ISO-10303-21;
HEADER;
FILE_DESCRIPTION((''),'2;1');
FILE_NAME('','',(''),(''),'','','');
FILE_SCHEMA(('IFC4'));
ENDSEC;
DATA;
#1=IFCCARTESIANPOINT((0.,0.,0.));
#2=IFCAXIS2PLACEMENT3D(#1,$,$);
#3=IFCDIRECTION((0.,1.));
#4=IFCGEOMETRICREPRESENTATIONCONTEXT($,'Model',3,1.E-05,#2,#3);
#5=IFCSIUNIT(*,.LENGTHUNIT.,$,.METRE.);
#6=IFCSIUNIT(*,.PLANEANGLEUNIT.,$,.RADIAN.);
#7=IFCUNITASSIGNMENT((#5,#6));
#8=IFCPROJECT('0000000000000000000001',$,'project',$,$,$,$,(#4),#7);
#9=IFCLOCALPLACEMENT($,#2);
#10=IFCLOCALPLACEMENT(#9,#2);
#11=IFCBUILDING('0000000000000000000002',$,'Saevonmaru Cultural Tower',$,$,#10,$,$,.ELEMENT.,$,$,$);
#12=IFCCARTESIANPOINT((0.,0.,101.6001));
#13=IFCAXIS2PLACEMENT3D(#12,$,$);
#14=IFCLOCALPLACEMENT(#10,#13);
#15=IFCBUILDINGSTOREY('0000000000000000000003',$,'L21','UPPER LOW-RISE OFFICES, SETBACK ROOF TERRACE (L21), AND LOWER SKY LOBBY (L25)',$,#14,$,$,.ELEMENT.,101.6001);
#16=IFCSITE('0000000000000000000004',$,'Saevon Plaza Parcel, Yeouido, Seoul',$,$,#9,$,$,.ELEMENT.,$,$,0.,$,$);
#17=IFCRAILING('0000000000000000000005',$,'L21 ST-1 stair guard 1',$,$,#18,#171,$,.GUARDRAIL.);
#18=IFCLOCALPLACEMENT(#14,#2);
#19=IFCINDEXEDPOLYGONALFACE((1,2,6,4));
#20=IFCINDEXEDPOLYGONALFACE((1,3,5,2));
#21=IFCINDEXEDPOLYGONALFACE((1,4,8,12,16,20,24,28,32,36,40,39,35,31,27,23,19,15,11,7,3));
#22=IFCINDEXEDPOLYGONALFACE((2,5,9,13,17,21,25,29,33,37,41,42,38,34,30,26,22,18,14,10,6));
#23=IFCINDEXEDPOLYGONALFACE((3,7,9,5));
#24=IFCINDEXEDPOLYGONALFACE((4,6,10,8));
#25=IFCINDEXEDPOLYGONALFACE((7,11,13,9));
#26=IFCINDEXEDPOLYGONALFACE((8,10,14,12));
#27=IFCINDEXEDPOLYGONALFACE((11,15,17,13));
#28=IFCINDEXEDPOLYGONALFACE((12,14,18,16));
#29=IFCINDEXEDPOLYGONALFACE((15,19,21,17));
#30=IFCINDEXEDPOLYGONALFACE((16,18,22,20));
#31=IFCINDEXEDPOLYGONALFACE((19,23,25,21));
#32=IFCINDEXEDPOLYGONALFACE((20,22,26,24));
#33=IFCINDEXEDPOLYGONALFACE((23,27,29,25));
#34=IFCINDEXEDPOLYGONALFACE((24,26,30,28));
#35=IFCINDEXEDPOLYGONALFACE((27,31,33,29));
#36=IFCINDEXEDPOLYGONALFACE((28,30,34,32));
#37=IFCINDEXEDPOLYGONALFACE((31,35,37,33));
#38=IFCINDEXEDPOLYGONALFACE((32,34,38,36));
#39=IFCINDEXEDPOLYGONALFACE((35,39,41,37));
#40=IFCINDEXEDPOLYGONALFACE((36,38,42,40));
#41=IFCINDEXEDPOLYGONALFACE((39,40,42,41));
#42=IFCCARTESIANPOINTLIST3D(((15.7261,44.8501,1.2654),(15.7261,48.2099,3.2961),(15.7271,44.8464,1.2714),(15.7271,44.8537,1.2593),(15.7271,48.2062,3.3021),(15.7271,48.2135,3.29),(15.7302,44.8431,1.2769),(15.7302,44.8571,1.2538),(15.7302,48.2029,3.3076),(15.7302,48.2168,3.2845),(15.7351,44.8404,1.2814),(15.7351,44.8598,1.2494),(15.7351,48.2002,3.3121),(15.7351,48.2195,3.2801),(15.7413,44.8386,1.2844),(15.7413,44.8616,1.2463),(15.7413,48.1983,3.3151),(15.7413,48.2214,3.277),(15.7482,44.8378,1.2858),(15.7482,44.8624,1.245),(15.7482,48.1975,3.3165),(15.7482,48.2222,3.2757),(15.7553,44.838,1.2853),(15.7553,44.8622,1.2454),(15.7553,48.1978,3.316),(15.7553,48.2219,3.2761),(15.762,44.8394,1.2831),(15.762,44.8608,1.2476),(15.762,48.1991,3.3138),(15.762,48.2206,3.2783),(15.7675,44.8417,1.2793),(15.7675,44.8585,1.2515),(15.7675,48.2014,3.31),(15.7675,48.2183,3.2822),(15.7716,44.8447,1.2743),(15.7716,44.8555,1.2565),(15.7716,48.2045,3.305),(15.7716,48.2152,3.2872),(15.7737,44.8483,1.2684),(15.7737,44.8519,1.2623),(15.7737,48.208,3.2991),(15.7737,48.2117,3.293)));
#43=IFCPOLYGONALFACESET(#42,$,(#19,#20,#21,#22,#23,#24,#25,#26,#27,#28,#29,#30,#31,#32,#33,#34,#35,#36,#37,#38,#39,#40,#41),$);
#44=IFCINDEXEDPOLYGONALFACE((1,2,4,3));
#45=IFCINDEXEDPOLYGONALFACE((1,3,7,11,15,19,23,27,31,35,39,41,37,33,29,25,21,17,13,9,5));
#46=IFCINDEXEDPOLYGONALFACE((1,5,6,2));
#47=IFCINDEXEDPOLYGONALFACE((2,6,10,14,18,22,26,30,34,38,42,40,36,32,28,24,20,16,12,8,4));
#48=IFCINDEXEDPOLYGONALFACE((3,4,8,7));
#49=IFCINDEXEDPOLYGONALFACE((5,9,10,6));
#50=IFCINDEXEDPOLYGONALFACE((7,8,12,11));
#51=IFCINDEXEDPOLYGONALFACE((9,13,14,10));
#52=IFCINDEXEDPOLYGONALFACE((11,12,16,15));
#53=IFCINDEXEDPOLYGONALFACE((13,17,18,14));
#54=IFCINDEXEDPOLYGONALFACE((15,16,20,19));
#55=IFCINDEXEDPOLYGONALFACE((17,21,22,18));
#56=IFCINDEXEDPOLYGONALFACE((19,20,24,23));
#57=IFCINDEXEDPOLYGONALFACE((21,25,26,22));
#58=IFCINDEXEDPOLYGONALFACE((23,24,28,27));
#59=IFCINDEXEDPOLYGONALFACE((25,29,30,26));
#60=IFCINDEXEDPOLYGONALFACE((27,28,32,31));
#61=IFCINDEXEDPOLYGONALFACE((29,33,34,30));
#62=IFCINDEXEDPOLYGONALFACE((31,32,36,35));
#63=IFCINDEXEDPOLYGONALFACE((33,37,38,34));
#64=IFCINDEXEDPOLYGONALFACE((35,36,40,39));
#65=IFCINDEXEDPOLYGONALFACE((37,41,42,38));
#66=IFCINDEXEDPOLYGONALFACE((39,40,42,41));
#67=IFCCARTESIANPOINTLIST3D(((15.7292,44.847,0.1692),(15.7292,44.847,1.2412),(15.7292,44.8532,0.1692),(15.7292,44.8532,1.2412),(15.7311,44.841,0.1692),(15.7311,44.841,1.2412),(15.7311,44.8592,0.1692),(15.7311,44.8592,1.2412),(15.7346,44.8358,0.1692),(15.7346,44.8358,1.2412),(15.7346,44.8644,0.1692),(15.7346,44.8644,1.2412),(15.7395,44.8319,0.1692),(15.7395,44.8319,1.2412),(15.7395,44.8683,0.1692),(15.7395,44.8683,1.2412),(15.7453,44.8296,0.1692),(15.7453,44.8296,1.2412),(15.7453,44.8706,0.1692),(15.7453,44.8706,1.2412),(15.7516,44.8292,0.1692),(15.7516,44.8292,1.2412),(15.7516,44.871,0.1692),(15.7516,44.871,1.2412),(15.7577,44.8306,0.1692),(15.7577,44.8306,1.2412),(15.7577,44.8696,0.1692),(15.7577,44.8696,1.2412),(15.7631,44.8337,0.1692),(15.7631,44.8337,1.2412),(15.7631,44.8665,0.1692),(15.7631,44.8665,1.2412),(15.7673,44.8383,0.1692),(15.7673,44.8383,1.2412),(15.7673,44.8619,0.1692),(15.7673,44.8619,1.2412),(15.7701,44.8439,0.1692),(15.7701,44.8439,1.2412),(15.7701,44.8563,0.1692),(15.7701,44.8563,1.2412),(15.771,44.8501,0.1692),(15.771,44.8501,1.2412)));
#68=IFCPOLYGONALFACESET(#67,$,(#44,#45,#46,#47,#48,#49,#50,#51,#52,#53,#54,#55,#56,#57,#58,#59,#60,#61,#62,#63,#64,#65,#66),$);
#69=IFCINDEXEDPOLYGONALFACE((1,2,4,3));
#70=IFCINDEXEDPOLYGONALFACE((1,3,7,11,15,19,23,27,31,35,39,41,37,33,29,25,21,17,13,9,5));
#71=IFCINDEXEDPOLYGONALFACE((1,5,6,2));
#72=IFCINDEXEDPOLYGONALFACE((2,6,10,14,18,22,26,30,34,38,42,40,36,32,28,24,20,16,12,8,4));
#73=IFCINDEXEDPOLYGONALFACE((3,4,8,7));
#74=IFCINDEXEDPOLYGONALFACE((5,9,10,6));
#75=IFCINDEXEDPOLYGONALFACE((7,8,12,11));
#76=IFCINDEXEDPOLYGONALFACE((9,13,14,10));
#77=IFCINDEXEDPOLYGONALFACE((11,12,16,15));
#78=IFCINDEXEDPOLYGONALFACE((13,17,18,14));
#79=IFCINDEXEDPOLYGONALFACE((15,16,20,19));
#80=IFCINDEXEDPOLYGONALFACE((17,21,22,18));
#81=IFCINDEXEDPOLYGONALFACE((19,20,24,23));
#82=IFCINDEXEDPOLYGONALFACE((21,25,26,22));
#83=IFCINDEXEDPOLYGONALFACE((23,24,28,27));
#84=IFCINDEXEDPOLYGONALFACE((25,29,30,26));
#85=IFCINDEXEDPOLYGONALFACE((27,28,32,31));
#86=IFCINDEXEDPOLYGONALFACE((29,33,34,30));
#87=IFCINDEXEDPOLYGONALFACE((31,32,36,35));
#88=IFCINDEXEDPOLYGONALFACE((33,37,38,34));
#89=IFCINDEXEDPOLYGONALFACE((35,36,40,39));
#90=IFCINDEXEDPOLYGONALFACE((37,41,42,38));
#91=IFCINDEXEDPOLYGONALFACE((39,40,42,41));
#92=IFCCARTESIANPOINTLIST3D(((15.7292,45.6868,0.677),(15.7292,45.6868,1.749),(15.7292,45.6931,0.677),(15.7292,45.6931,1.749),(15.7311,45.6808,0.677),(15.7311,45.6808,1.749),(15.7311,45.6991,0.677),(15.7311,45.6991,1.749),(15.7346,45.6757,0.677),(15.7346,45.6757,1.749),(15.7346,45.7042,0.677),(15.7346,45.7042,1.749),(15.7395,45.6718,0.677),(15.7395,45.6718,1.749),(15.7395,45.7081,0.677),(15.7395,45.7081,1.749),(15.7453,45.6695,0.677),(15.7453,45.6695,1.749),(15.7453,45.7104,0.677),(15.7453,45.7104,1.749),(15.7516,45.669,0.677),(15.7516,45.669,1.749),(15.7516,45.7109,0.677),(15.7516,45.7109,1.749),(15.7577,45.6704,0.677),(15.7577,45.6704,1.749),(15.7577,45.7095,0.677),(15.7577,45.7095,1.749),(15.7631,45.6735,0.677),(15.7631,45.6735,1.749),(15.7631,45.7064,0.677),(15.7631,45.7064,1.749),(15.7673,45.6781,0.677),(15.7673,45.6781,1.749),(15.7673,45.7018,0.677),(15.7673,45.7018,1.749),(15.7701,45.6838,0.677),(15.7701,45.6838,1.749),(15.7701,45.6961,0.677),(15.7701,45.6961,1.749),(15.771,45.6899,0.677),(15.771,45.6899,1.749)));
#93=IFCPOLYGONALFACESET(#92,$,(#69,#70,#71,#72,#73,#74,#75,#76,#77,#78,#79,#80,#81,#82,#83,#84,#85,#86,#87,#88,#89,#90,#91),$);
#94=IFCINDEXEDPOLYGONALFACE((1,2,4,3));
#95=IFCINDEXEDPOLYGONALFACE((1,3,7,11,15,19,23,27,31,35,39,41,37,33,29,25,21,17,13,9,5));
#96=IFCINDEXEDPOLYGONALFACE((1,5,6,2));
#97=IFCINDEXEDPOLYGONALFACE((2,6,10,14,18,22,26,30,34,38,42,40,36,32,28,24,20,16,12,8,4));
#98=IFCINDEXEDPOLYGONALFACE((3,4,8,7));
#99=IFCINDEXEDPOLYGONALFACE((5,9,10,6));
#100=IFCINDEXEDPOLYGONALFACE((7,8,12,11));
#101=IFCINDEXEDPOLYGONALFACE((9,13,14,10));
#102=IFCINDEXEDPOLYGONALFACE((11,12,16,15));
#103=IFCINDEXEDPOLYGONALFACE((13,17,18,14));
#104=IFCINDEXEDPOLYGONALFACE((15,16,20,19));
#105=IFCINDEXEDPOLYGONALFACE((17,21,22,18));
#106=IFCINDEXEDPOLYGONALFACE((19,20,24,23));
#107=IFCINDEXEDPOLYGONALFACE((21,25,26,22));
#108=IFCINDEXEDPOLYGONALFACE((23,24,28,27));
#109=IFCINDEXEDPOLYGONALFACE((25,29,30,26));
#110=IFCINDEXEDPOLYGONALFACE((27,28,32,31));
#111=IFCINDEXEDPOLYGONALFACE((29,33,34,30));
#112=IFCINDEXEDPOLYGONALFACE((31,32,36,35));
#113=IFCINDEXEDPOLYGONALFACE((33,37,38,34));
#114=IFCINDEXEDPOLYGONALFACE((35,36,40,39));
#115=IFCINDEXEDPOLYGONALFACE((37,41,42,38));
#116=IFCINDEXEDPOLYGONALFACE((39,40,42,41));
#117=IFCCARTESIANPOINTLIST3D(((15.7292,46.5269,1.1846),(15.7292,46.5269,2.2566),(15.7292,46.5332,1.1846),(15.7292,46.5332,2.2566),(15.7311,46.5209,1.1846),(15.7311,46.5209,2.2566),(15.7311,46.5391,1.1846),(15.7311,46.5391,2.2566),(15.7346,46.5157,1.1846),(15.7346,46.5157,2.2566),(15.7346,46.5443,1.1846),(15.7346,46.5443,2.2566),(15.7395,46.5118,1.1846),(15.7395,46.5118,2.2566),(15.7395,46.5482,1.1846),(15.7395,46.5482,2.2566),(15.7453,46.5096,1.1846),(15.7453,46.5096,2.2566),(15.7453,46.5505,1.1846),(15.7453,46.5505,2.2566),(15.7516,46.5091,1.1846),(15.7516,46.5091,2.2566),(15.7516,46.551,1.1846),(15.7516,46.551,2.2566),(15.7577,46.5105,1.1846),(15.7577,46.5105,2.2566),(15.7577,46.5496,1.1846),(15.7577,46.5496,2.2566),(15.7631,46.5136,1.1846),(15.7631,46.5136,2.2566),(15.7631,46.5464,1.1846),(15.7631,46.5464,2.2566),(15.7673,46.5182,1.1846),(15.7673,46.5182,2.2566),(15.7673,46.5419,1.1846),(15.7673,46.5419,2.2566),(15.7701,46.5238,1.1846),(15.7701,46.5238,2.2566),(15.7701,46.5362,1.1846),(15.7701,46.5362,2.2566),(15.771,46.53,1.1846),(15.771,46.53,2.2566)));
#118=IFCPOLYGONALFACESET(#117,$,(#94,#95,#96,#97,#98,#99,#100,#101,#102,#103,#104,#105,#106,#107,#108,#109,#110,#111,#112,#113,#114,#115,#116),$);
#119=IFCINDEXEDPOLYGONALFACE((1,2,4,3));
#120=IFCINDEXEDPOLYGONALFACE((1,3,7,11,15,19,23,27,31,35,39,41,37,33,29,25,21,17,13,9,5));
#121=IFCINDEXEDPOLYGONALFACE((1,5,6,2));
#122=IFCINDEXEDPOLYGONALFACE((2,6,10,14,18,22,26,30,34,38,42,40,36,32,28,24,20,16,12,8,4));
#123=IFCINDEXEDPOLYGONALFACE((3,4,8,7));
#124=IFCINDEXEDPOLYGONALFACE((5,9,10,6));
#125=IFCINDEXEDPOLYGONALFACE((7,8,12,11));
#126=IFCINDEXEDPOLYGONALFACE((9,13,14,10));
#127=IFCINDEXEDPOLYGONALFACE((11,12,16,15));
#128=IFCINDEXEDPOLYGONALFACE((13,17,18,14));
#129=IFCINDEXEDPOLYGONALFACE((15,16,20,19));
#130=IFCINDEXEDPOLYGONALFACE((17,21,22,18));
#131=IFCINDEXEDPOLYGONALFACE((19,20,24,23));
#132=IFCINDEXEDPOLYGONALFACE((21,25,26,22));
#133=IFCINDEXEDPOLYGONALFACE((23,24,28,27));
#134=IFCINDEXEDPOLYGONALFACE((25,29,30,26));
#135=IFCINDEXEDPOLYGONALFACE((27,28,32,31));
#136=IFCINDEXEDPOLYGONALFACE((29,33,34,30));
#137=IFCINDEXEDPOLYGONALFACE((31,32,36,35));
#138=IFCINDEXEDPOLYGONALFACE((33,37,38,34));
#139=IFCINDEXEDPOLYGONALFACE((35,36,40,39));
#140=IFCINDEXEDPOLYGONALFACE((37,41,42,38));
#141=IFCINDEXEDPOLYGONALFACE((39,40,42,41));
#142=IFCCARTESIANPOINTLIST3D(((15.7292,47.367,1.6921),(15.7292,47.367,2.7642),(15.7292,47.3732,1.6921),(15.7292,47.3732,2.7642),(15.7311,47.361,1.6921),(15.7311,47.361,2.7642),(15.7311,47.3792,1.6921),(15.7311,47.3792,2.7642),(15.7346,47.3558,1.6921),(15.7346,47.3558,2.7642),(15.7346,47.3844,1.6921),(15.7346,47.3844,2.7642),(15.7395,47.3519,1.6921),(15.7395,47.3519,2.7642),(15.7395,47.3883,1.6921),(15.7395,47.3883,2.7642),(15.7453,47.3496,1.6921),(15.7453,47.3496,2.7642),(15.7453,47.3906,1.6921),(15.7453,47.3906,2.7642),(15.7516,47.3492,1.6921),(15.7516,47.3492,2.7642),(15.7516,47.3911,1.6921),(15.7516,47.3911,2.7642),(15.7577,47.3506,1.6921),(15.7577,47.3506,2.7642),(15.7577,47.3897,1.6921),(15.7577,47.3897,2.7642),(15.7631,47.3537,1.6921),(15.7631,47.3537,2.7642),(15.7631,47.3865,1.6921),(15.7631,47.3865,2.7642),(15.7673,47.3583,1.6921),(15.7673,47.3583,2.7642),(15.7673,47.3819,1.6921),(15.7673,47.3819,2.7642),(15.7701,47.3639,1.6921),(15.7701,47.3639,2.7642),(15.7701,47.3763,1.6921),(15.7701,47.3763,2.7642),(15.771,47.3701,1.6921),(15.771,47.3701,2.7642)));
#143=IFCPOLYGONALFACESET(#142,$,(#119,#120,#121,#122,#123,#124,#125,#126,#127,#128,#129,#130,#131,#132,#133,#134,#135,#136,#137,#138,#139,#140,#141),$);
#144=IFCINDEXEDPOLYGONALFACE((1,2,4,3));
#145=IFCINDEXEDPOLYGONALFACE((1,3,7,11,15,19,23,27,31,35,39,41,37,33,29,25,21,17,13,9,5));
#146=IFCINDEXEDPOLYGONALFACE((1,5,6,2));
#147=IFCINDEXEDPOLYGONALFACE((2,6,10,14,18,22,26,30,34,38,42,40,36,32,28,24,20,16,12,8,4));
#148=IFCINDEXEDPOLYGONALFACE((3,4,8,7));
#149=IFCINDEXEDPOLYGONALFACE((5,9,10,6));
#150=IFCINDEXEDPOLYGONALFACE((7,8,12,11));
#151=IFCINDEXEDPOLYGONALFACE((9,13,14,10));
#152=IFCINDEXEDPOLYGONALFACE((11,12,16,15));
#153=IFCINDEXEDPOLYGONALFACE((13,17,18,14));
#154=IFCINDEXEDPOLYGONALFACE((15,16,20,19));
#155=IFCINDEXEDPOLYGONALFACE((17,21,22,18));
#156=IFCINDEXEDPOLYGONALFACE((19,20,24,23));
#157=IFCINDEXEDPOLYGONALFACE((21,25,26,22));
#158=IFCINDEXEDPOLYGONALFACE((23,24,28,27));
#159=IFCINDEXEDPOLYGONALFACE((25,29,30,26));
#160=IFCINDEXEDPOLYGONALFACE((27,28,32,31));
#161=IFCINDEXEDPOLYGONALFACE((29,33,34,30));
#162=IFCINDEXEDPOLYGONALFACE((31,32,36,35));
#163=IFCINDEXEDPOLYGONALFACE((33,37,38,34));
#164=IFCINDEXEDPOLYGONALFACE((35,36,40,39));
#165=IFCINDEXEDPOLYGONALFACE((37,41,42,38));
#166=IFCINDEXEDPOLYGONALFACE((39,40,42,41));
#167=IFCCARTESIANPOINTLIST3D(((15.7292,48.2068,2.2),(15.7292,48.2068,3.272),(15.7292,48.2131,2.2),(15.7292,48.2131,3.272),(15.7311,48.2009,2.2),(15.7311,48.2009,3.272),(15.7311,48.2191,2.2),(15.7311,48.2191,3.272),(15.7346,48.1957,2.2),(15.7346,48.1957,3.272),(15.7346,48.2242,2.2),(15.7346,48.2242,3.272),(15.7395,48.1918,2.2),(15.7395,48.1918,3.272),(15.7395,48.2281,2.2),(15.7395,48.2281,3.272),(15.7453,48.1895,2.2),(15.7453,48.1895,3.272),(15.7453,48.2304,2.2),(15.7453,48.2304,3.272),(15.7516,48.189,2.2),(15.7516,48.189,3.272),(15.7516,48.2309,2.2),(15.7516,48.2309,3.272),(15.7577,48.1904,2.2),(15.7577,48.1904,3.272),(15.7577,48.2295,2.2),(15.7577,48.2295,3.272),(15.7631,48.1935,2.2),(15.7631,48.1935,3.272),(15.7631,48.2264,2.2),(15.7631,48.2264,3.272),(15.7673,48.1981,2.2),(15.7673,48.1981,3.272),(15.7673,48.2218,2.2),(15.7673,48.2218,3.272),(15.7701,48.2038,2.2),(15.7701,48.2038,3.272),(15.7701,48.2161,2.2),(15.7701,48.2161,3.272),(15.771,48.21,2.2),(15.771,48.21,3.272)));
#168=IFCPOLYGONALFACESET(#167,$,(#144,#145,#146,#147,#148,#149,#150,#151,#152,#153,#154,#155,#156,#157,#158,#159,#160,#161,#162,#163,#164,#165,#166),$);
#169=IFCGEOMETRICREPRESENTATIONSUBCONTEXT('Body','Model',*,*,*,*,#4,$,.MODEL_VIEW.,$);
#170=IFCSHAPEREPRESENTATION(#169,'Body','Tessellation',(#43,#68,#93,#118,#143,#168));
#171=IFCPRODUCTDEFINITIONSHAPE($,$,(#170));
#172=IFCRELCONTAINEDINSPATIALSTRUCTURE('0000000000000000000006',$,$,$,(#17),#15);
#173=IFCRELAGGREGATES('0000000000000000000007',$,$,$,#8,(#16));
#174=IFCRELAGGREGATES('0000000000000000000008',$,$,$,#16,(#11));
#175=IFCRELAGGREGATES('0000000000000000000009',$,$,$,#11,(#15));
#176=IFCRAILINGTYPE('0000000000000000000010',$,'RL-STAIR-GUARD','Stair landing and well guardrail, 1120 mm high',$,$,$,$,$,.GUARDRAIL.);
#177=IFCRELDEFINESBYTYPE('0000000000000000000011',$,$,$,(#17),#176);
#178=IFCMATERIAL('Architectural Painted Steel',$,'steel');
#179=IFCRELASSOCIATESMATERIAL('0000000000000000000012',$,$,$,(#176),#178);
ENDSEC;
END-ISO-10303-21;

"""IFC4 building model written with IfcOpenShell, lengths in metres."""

from ifc_helpers import new_model, si_unit, direction, frame, origin, origin_2d, place, context, subcontext, project, spatial, circle, extrude, material, type_object, element, save


model = new_model("IFC4")

# Units and contexts
model_context = context("Model", 3, precision=1e-05, world=origin(), true_north=direction((0.0, 1.0)))
body_context = subcontext(model_context, "Body", "Model", "MODEL_VIEW")
ifc_project = project(units=[si_unit("LENGTHUNIT", "METRE"), si_unit("PLANEANGLEUNIT", "RADIAN")], contexts=[model_context])

# Site, building, storey
site_placement = place(None, origin())
site = spatial("IfcSite", under=ifc_project, at=site_placement, Name="Saevon Plaza Parcel, Yeouido, Seoul", CompositionType="ELEMENT", RefElevation=0.0)
building_placement = place(site_placement, origin())
building = spatial("IfcBuilding", under=site, at=building_placement, Name="Saevonmaru Cultural Tower", CompositionType="ELEMENT")
storey_placement = place(building_placement, frame((0.0, 0.0, 101.6001)))
storey = spatial("IfcBuildingStorey", under=building, at=storey_placement, Name="L21", Description="UPPER LOW-RISE OFFICES, SETBACK ROOF TERRACE (L21), AND LOWER SKY LOBBY (L25)", CompositionType="ELEMENT", Elevation=101.6001)

# Railing
ifc_material_1 = material(Name="Architectural Painted Steel", Category="steel")
railing_type_1 = type_object("IfcRailingType", Name="RL-STAIR-GUARD", Description="Stair landing and well guardrail, 1120 mm high", PredefinedType="GUARDRAIL", material=ifc_material_1)
railing_1_placement = place(storey_placement, frame((15.75, 44.8501, 0.1692)))
element("IfcRailing", 1, at=railing_1_placement, inside=storey, type_object=railing_type_1, Name="L21 ST-1 stair guard 1", PredefinedType="GUARDRAIL", context=body_context, shape_type="SweptSolid", body=[
    extrude(circle(Radius=0.0239, at=origin_2d()), frame((0.0, 0.0, 1.0962), z_axis=(0.0, 0.85582, 0.517273), x_axis=(-1.0, 0.0, 0.0)), (0.0, 0.0, 1.0), 3.9258),
    extrude(circle(Radius=0.021, at=origin_2d()), origin(), (0.0, 0.0, 1.0), 1.072),
    extrude(circle(Radius=0.021, at=origin_2d()), frame((0.0, 0.8398, 0.5078)), (0.0, 0.0, 1.0), 1.072),
    extrude(circle(Radius=0.021, at=origin_2d()), frame((0.0, 1.6799, 1.0154)), (0.0, 0.0, 1.0), 1.072),
    extrude(circle(Radius=0.021, at=origin_2d()), frame((0.0, 2.52, 1.5229)), (0.0, 0.0, 1.0), 1.072),
    extrude(circle(Radius=0.021, at=origin_2d()), frame((0.0, 3.3599, 2.0308)), (0.0, 0.0, 1.0), 1.072),
])

save(model, "model.ifc")
